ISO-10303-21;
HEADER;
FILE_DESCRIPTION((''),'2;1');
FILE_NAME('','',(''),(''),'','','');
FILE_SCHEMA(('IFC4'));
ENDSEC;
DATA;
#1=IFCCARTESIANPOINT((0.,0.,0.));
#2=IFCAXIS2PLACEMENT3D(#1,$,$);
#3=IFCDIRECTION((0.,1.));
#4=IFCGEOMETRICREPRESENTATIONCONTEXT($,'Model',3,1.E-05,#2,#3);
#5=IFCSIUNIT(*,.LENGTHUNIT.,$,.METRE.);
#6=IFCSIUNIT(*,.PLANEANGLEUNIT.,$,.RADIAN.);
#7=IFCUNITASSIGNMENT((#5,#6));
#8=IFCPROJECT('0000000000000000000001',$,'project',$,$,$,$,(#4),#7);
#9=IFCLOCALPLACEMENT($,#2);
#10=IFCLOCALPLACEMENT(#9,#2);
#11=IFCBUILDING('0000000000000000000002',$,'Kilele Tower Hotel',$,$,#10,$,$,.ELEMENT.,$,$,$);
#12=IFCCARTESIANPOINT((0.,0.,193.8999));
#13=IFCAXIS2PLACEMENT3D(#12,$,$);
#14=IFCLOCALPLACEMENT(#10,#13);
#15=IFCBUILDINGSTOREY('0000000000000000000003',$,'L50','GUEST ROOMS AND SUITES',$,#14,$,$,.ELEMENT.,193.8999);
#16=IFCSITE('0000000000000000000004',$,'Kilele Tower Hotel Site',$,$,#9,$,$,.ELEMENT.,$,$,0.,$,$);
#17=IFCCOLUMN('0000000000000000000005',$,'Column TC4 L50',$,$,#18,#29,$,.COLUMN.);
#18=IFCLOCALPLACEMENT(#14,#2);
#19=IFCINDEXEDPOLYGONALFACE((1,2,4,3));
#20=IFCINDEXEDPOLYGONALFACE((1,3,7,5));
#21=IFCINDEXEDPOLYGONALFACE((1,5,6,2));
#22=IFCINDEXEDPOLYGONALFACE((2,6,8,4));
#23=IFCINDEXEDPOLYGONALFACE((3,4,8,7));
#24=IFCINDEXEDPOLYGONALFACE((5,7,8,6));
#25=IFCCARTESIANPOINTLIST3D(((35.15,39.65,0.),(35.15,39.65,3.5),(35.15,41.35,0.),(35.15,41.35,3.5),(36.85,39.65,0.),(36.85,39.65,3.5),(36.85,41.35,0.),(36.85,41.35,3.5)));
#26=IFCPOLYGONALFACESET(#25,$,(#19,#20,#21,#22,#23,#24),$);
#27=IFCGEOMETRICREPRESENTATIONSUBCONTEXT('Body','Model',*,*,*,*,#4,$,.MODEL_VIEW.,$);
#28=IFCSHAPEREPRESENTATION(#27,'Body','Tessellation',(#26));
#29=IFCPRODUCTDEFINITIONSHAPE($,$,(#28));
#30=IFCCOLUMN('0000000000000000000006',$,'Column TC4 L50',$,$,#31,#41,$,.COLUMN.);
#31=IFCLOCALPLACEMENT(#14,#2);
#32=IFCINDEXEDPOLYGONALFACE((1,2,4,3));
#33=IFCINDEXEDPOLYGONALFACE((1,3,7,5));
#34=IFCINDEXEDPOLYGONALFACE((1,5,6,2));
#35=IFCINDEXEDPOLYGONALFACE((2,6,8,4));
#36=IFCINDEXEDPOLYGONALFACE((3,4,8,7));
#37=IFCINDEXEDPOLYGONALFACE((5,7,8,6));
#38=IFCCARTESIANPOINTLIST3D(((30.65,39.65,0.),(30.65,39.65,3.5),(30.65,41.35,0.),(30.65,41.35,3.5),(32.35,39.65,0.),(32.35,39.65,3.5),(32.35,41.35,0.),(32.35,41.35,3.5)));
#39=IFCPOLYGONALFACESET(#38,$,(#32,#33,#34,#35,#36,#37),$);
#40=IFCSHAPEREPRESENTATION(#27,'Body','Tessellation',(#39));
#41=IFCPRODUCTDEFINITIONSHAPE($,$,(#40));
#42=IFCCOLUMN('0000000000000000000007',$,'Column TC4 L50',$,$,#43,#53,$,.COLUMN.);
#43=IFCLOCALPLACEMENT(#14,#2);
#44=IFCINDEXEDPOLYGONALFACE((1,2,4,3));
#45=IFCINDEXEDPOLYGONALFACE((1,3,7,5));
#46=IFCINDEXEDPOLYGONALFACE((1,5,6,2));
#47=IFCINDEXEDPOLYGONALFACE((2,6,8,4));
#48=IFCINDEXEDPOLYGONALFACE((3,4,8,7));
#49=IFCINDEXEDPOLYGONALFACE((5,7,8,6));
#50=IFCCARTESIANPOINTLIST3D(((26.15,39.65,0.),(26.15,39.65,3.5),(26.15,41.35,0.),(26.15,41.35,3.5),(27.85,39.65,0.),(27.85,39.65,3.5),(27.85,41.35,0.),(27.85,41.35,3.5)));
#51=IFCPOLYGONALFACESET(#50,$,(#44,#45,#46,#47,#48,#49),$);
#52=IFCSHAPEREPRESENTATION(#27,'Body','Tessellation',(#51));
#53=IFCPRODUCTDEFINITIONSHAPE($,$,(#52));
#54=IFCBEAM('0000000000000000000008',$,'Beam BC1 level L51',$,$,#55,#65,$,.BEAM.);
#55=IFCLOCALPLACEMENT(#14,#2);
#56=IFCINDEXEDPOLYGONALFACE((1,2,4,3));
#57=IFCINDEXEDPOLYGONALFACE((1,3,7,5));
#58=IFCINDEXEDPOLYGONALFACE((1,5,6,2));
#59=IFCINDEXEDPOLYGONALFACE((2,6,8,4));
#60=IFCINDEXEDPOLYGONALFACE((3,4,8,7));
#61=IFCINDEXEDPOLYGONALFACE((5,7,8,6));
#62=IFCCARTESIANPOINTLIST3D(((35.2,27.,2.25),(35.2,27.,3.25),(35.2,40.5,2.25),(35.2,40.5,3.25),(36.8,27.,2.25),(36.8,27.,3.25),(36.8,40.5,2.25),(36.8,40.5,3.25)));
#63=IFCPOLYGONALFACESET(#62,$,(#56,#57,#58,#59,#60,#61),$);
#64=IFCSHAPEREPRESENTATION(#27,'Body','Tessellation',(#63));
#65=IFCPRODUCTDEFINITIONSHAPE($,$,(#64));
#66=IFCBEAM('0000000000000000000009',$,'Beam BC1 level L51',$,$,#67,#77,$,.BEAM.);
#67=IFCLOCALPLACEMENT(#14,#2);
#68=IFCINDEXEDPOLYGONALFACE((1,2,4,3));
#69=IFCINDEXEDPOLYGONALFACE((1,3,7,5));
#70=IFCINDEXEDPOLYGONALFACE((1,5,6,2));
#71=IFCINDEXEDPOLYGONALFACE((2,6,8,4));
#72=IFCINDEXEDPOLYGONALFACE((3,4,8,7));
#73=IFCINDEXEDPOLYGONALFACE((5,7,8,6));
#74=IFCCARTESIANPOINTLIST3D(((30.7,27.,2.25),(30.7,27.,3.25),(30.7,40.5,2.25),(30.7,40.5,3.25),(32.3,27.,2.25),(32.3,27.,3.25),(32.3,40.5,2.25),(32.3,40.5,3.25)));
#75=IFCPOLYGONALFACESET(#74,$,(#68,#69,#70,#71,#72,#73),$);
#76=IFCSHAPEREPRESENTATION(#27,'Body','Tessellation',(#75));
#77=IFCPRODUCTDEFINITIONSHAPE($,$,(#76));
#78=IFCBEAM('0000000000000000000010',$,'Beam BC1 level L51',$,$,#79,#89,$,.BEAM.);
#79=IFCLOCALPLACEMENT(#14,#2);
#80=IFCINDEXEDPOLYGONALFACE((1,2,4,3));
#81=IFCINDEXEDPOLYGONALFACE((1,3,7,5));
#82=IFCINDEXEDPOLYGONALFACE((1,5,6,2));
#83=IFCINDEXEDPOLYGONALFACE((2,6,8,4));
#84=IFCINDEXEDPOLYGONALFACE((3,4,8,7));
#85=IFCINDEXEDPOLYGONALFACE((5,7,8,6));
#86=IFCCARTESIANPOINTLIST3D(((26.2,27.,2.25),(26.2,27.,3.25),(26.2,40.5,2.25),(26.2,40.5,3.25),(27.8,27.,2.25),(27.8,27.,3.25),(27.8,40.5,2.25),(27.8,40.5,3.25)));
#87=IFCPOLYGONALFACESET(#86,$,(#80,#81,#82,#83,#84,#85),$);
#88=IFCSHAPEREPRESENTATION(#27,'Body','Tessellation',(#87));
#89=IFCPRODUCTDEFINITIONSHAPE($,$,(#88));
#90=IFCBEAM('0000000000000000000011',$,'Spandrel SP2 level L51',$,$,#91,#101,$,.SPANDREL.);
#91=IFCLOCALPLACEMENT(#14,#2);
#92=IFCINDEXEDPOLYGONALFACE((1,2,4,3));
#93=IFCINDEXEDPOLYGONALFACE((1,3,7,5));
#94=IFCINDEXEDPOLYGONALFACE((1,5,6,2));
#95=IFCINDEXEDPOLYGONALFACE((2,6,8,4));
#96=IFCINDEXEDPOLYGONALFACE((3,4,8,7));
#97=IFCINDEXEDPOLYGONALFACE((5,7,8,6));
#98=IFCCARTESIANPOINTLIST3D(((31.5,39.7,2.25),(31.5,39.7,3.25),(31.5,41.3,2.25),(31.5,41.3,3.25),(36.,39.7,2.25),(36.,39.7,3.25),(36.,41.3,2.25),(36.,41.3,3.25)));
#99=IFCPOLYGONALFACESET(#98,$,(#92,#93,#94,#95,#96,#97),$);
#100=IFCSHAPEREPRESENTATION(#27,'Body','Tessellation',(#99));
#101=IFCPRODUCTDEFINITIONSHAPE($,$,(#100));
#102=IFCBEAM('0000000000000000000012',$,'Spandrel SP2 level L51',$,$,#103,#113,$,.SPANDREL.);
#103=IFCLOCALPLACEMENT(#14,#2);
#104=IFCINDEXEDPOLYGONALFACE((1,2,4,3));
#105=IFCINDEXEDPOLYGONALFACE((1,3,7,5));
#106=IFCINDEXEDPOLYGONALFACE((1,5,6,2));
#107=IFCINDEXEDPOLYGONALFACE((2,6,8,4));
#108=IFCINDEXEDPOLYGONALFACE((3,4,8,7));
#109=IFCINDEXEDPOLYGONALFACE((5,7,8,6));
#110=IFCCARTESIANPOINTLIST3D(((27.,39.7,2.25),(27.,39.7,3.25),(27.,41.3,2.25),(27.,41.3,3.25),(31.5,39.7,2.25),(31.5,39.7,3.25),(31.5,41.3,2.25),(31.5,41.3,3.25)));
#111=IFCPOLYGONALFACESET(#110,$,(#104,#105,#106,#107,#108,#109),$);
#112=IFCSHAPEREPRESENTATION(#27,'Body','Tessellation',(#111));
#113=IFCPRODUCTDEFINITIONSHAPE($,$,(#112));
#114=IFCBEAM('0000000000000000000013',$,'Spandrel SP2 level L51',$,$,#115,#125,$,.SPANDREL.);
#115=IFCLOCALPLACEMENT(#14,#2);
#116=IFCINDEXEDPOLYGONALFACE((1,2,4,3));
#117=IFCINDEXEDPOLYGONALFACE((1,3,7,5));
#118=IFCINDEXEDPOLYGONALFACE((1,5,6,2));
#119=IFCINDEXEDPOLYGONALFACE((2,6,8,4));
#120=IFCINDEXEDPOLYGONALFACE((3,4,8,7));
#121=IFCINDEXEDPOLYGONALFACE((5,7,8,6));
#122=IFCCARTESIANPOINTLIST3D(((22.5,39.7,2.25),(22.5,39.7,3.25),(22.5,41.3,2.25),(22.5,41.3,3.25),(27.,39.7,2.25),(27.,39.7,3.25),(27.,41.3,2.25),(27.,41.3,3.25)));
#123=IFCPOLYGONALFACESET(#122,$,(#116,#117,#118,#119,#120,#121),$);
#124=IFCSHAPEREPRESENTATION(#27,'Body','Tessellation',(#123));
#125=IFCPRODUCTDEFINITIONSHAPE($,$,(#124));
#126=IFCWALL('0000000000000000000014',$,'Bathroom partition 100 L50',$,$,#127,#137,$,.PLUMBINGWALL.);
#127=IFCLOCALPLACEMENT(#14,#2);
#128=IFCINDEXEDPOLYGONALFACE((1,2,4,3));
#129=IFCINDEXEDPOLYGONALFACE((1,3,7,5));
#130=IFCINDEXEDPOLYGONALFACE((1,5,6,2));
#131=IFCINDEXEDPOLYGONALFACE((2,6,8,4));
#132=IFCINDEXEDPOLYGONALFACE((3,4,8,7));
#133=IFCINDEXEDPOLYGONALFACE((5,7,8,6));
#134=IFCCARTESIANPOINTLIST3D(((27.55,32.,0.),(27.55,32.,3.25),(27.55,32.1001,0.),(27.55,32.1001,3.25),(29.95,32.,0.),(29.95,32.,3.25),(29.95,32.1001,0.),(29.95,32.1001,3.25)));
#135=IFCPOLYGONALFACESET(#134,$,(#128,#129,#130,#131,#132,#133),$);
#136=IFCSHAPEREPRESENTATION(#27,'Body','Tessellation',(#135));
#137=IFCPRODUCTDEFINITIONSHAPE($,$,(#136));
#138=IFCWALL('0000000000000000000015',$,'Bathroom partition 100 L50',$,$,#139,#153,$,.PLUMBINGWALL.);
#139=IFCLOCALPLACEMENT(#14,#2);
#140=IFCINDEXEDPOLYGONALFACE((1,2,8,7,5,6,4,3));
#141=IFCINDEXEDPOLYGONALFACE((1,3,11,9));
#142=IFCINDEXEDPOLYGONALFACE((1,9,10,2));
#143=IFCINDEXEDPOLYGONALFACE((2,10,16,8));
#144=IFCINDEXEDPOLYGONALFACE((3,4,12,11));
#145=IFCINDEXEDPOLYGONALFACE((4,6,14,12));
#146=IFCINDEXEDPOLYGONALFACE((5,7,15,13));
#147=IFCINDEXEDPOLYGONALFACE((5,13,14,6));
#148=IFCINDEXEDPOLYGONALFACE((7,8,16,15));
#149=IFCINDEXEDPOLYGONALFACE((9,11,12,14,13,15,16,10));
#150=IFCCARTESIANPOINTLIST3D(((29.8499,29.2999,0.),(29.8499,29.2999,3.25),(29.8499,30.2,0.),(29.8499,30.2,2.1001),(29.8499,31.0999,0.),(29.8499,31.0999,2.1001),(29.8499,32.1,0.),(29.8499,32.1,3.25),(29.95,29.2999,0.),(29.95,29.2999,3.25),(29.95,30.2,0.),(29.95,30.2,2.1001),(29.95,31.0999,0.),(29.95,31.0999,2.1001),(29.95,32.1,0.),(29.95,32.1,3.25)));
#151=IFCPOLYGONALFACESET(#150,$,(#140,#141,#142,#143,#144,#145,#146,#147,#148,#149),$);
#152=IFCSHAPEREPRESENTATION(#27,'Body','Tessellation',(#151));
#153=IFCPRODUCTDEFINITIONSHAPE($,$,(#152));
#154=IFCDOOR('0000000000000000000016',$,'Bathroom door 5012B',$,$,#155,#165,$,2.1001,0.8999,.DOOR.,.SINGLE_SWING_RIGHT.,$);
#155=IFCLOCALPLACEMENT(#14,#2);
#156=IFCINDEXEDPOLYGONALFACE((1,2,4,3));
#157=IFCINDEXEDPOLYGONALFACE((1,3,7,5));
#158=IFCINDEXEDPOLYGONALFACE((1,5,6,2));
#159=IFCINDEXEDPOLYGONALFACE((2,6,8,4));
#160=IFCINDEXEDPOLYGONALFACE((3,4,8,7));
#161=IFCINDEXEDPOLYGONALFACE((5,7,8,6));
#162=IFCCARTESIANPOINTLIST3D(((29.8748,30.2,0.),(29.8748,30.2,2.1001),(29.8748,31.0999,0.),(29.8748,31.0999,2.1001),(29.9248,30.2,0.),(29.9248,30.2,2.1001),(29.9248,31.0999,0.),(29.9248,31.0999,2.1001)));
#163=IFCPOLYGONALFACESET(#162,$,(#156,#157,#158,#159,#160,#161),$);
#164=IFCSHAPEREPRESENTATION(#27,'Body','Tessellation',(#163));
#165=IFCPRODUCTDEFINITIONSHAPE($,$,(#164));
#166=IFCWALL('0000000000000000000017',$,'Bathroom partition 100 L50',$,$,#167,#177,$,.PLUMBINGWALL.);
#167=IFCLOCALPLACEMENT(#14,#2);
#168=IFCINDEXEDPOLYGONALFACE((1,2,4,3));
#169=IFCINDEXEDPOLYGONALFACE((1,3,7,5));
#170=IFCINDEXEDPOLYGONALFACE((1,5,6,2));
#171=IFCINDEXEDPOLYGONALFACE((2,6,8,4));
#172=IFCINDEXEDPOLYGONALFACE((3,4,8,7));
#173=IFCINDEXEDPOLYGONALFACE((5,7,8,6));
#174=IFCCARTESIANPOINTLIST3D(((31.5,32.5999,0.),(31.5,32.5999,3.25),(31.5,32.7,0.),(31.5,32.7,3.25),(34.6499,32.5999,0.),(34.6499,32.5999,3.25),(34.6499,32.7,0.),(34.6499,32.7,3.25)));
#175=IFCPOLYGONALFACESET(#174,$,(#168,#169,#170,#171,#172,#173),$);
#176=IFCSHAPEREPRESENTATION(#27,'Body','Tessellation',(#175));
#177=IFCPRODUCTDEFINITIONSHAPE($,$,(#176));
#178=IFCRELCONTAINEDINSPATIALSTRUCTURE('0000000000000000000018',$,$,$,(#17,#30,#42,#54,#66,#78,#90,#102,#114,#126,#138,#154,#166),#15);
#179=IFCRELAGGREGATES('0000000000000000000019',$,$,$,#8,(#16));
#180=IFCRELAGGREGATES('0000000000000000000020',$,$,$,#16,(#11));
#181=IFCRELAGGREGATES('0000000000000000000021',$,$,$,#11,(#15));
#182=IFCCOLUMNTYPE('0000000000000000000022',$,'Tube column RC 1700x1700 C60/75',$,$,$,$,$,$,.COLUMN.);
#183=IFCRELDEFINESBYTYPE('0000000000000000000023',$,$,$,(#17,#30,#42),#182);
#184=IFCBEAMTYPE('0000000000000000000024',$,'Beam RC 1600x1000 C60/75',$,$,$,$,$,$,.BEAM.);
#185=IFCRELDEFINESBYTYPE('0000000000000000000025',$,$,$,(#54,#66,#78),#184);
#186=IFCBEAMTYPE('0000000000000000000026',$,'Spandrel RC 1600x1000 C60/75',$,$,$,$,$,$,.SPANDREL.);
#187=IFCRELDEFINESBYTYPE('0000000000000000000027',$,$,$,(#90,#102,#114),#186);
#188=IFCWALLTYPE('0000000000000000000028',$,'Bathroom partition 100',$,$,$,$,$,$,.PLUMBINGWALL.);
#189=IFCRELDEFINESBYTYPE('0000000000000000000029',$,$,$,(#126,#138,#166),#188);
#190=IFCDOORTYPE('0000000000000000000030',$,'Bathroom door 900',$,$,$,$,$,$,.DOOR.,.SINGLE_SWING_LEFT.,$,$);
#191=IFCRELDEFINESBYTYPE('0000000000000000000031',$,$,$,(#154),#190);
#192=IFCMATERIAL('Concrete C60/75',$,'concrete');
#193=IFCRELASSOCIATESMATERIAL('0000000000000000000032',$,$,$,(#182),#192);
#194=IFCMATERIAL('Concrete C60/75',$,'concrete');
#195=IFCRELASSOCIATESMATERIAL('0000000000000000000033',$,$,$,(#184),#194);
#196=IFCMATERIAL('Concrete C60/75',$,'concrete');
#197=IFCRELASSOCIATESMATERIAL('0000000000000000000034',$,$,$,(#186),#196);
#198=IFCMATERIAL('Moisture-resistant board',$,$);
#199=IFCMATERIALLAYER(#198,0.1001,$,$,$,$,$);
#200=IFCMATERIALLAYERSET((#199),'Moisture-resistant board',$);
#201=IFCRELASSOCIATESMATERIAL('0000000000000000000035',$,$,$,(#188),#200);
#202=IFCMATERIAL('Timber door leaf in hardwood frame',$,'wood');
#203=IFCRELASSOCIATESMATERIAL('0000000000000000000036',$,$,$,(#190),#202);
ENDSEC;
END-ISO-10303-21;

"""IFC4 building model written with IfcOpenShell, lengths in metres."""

from ifc_helpers import new_model, si_unit, direction, frame, frame_2d, origin, origin_2d, place, context, subcontext, project, spatial, rectangle, extrude, material, layer, layer_set, material_profile, profile_set, type_object, element, fill, save


model = new_model("IFC4")

# Units and contexts
model_context = context("Model", 3, precision=1e-05, world=origin(), true_north=direction((0.0, 1.0)))
body_context = subcontext(model_context, "Body", "Model", "MODEL_VIEW")
ifc_project = project(units=[si_unit("LENGTHUNIT", "METRE"), si_unit("PLANEANGLEUNIT", "RADIAN")], contexts=[model_context])

# Site, building, storey
site_placement = place(None, origin())
site = spatial("IfcSite", under=ifc_project, at=site_placement, Name="Kilele Tower Hotel Site", CompositionType="ELEMENT", RefElevation=0.0)
building_placement = place(site_placement, origin())
building = spatial("IfcBuilding", under=site, at=building_placement, Name="Kilele Tower Hotel", CompositionType="ELEMENT")
storey_placement = place(building_placement, frame((0.0, 0.0, 193.8999)))
storey = spatial("IfcBuildingStorey", under=building, at=storey_placement, Name="L50", Description="GUEST ROOMS AND SUITES", CompositionType="ELEMENT", Elevation=193.8999)

# Columns
ifc_material_1 = material(Name="Concrete C60/75", Category="concrete")
ifc_material_profile_1 = material_profile(ifc_material_1, rectangle(XDim=1.7, YDim=1.7, at=origin_2d()))
ifc_profile_set_1 = profile_set([ifc_material_profile_1], Name="Concrete C60/75")
column_type = type_object("IfcColumnType", Name="Tube column RC 1700x1700 C60/75", PredefinedType="COLUMN", material=ifc_profile_set_1)
for number, where, z_axis, x_axis, name in (
    (1, (36.0, 40.5, 0.0), (0.0, 0.0, 1.0), (1.0, 0.0, 0.0), "Column TC4 L50"),
    (2, (31.5, 40.5, 0.0), (0.0, 0.0, 1.0), (1.0, 0.0, 0.0), "Column TC4 L50"),
    (3, (27.0, 40.5, 0.0), (0.0, 0.0, 1.0), (1.0, 0.0, 0.0), "Column TC4 L50"),
):
    element("IfcColumn", number, at=place(storey_placement, frame(where, z_axis=z_axis, x_axis=x_axis)), inside=storey, type_object=column_type, Name=name, PredefinedType="COLUMN", context=body_context, shape_type="SweptSolid", body=[
        extrude(rectangle(XDim=1.7, YDim=1.7, at=origin_2d()), origin(), (0.0, 0.0, 1.0), 3.5),
    ])

# Beams
ifc_material_2 = material(Name="Concrete C60/75", Category="concrete")
ifc_material_profile_2 = material_profile(ifc_material_2, rectangle(XDim=1.6001, YDim=1.0, at=origin_2d()))
ifc_profile_set_2 = profile_set([ifc_material_profile_2], Name="Concrete C60/75")
beam_type_1 = type_object("IfcBeamType", Name="Beam RC 1600x1000 C60/75", PredefinedType="BEAM", material=ifc_profile_set_2)
for number, where, z_axis, x_axis, name in (
    (4, (36.0, 40.5, 2.75), (0.0, -1.0, 0.0), (1.0, 0.0, 0.0), "Beam BC1 level L51"),
    (5, (31.5, 40.5, 2.75), (0.0, -1.0, 0.0), (1.0, 0.0, 0.0), "Beam BC1 level L51"),
    (6, (27.0, 40.5, 2.75), (0.0, -1.0, 0.0), (1.0, 0.0, 0.0), "Beam BC1 level L51"),
):
    element("IfcBeam", number, at=place(storey_placement, frame(where, z_axis=z_axis, x_axis=x_axis)), inside=storey, type_object=beam_type_1, Name=name, PredefinedType="BEAM", context=body_context, shape_type="SweptSolid", body=[
        extrude(rectangle(XDim=1.6001, YDim=1.0, at=origin_2d()), origin(), (0.0, 0.0, 1.0), 13.5),
    ])
ifc_material_3 = material(Name="Concrete C60/75", Category="concrete")
ifc_material_profile_3 = material_profile(ifc_material_3, rectangle(XDim=1.6001, YDim=1.0, at=origin_2d()))
ifc_profile_set_3 = profile_set([ifc_material_profile_3], Name="Concrete C60/75")
beam_type_2 = type_object("IfcBeamType", Name="Spandrel RC 1600x1000 C60/75", PredefinedType="SPANDREL", material=ifc_profile_set_3)
for number, where, z_axis, x_axis, name in (
    (7, (36.0, 40.5, 2.75), (-1.0, 0.0, 0.0), (0.0, -1.0, 0.0), "Spandrel SP2 level L51"),
    (8, (31.5, 40.5, 2.75), (-1.0, 0.0, 0.0), (0.0, -1.0, 0.0), "Spandrel SP2 level L51"),
    (9, (27.0, 40.5, 2.75), (-1.0, 0.0, 0.0), (0.0, -1.0, 0.0), "Spandrel SP2 level L51"),
):
    element("IfcBeam", number, at=place(storey_placement, frame(where, z_axis=z_axis, x_axis=x_axis)), inside=storey, type_object=beam_type_2, Name=name, PredefinedType="SPANDREL", context=body_context, shape_type="SweptSolid", body=[
        extrude(rectangle(XDim=1.6001, YDim=1.0, at=origin_2d()), origin(), (0.0, 0.0, 1.0), 4.5),
    ])

# Wall
ifc_material_4 = material(Name="Moisture-resistant board")
ifc_layer_1 = layer(ifc_material_4, 0.1001)
ifc_layer_set_1 = layer_set([ifc_layer_1], Name="Moisture-resistant board")
wall_type_1 = type_object("IfcWallType", Name="Bathroom partition 100", PredefinedType="PLUMBINGWALL", material=ifc_layer_set_1)
wall_1_placement = place(storey_placement, frame((27.55, 32.05, 0.0), z_axis=(0.0, 0.0, 1.0), x_axis=(1.0, 0.0, 0.0)))
element("IfcWall", 10, at=wall_1_placement, inside=storey, type_object=wall_type_1, Name="Bathroom partition 100 L50", PredefinedType="PLUMBINGWALL", context=body_context, shape_type="SweptSolid", body=[
    extrude(rectangle(XDim=2.3999, YDim=0.1001, at=frame_2d((1.2, 0.0))), origin(), (0.0, 0.0, 1.0), 3.25),
])

# Wall, opening, door
wall_2_placement = place(storey_placement, frame((29.8999, 29.3, 0.0), z_axis=(0.0, 0.0, 1.0), x_axis=(0.0, 1.0, 0.0)))
wall_2 = element("IfcWall", 11, at=wall_2_placement, inside=storey, type_object=wall_type_1, Name="Bathroom partition 100 L50", PredefinedType="PLUMBINGWALL", context=body_context, shape_type="SweptSolid", body=[
    extrude(rectangle(XDim=2.8, YDim=0.1001, at=frame_2d((1.3999, 0.0))), origin(), (0.0, 0.0, 1.0), 3.25),
])
opening_1_placement = place(wall_2_placement, frame((1.7998, 0.0, 0.0), z_axis=(0.0, 0.0, 1.0), x_axis=(-1.0, 0.0, 0.0)))
opening_1 = element("IfcOpeningElement", 12, at=opening_1_placement, cuts=wall_2, PredefinedType="OPENING", context=body_context, shape_type="SweptSolid", body=[
    extrude(rectangle(XDim=0.8999, YDim=2.1001, at=frame_2d((0.45, 1.05))), frame((0.0, 0.0601, 0.0), z_axis=(0.0, -1.0, 0.0), x_axis=(1.0, 0.0, 0.0)), (0.0, 0.0, 1.0), 0.1201),
])
ifc_material_5 = material(Name="Timber door leaf in hardwood frame", Category="wood")
door_type_1 = type_object("IfcDoorType", Name="Bathroom door 900", OperationType="SINGLE_SWING_LEFT", PredefinedType="DOOR", material=ifc_material_5)
door_1_placement = place(opening_1_placement, origin())
door_1 = element("IfcDoor", 13, at=door_1_placement, inside=storey, type_object=door_type_1, Name="Bathroom door 5012B", OperationType="SINGLE_SWING_RIGHT", OverallHeight=2.1001, OverallWidth=0.8999, PredefinedType="DOOR", context=body_context, shape_type="SweptSolid", body=[
    extrude(rectangle(XDim=0.8999, YDim=2.1001, at=frame_2d((0.45, 1.05))), frame((0.0, 0.0249, 0.0), z_axis=(0.0, -1.0, 0.0), x_axis=(1.0, 0.0, 0.0)), (0.0, 0.0, 1.0), 0.05),
])
fill(opening_1, door_1)

# Wall
wall_3_placement = place(storey_placement, frame((31.5, 32.6499, 0.0), z_axis=(0.0, 0.0, 1.0), x_axis=(1.0, 0.0, 0.0)))
element("IfcWall", 14, at=wall_3_placement, inside=storey, type_object=wall_type_1, Name="Bathroom partition 100 L50", PredefinedType="PLUMBINGWALL", context=body_context, shape_type="SweptSolid", body=[
    extrude(rectangle(XDim=3.1499, YDim=0.1001, at=frame_2d((1.575, 0.0))), origin(), (0.0, 0.0, 1.0), 3.25),
])

save(model, "model.ifc")
